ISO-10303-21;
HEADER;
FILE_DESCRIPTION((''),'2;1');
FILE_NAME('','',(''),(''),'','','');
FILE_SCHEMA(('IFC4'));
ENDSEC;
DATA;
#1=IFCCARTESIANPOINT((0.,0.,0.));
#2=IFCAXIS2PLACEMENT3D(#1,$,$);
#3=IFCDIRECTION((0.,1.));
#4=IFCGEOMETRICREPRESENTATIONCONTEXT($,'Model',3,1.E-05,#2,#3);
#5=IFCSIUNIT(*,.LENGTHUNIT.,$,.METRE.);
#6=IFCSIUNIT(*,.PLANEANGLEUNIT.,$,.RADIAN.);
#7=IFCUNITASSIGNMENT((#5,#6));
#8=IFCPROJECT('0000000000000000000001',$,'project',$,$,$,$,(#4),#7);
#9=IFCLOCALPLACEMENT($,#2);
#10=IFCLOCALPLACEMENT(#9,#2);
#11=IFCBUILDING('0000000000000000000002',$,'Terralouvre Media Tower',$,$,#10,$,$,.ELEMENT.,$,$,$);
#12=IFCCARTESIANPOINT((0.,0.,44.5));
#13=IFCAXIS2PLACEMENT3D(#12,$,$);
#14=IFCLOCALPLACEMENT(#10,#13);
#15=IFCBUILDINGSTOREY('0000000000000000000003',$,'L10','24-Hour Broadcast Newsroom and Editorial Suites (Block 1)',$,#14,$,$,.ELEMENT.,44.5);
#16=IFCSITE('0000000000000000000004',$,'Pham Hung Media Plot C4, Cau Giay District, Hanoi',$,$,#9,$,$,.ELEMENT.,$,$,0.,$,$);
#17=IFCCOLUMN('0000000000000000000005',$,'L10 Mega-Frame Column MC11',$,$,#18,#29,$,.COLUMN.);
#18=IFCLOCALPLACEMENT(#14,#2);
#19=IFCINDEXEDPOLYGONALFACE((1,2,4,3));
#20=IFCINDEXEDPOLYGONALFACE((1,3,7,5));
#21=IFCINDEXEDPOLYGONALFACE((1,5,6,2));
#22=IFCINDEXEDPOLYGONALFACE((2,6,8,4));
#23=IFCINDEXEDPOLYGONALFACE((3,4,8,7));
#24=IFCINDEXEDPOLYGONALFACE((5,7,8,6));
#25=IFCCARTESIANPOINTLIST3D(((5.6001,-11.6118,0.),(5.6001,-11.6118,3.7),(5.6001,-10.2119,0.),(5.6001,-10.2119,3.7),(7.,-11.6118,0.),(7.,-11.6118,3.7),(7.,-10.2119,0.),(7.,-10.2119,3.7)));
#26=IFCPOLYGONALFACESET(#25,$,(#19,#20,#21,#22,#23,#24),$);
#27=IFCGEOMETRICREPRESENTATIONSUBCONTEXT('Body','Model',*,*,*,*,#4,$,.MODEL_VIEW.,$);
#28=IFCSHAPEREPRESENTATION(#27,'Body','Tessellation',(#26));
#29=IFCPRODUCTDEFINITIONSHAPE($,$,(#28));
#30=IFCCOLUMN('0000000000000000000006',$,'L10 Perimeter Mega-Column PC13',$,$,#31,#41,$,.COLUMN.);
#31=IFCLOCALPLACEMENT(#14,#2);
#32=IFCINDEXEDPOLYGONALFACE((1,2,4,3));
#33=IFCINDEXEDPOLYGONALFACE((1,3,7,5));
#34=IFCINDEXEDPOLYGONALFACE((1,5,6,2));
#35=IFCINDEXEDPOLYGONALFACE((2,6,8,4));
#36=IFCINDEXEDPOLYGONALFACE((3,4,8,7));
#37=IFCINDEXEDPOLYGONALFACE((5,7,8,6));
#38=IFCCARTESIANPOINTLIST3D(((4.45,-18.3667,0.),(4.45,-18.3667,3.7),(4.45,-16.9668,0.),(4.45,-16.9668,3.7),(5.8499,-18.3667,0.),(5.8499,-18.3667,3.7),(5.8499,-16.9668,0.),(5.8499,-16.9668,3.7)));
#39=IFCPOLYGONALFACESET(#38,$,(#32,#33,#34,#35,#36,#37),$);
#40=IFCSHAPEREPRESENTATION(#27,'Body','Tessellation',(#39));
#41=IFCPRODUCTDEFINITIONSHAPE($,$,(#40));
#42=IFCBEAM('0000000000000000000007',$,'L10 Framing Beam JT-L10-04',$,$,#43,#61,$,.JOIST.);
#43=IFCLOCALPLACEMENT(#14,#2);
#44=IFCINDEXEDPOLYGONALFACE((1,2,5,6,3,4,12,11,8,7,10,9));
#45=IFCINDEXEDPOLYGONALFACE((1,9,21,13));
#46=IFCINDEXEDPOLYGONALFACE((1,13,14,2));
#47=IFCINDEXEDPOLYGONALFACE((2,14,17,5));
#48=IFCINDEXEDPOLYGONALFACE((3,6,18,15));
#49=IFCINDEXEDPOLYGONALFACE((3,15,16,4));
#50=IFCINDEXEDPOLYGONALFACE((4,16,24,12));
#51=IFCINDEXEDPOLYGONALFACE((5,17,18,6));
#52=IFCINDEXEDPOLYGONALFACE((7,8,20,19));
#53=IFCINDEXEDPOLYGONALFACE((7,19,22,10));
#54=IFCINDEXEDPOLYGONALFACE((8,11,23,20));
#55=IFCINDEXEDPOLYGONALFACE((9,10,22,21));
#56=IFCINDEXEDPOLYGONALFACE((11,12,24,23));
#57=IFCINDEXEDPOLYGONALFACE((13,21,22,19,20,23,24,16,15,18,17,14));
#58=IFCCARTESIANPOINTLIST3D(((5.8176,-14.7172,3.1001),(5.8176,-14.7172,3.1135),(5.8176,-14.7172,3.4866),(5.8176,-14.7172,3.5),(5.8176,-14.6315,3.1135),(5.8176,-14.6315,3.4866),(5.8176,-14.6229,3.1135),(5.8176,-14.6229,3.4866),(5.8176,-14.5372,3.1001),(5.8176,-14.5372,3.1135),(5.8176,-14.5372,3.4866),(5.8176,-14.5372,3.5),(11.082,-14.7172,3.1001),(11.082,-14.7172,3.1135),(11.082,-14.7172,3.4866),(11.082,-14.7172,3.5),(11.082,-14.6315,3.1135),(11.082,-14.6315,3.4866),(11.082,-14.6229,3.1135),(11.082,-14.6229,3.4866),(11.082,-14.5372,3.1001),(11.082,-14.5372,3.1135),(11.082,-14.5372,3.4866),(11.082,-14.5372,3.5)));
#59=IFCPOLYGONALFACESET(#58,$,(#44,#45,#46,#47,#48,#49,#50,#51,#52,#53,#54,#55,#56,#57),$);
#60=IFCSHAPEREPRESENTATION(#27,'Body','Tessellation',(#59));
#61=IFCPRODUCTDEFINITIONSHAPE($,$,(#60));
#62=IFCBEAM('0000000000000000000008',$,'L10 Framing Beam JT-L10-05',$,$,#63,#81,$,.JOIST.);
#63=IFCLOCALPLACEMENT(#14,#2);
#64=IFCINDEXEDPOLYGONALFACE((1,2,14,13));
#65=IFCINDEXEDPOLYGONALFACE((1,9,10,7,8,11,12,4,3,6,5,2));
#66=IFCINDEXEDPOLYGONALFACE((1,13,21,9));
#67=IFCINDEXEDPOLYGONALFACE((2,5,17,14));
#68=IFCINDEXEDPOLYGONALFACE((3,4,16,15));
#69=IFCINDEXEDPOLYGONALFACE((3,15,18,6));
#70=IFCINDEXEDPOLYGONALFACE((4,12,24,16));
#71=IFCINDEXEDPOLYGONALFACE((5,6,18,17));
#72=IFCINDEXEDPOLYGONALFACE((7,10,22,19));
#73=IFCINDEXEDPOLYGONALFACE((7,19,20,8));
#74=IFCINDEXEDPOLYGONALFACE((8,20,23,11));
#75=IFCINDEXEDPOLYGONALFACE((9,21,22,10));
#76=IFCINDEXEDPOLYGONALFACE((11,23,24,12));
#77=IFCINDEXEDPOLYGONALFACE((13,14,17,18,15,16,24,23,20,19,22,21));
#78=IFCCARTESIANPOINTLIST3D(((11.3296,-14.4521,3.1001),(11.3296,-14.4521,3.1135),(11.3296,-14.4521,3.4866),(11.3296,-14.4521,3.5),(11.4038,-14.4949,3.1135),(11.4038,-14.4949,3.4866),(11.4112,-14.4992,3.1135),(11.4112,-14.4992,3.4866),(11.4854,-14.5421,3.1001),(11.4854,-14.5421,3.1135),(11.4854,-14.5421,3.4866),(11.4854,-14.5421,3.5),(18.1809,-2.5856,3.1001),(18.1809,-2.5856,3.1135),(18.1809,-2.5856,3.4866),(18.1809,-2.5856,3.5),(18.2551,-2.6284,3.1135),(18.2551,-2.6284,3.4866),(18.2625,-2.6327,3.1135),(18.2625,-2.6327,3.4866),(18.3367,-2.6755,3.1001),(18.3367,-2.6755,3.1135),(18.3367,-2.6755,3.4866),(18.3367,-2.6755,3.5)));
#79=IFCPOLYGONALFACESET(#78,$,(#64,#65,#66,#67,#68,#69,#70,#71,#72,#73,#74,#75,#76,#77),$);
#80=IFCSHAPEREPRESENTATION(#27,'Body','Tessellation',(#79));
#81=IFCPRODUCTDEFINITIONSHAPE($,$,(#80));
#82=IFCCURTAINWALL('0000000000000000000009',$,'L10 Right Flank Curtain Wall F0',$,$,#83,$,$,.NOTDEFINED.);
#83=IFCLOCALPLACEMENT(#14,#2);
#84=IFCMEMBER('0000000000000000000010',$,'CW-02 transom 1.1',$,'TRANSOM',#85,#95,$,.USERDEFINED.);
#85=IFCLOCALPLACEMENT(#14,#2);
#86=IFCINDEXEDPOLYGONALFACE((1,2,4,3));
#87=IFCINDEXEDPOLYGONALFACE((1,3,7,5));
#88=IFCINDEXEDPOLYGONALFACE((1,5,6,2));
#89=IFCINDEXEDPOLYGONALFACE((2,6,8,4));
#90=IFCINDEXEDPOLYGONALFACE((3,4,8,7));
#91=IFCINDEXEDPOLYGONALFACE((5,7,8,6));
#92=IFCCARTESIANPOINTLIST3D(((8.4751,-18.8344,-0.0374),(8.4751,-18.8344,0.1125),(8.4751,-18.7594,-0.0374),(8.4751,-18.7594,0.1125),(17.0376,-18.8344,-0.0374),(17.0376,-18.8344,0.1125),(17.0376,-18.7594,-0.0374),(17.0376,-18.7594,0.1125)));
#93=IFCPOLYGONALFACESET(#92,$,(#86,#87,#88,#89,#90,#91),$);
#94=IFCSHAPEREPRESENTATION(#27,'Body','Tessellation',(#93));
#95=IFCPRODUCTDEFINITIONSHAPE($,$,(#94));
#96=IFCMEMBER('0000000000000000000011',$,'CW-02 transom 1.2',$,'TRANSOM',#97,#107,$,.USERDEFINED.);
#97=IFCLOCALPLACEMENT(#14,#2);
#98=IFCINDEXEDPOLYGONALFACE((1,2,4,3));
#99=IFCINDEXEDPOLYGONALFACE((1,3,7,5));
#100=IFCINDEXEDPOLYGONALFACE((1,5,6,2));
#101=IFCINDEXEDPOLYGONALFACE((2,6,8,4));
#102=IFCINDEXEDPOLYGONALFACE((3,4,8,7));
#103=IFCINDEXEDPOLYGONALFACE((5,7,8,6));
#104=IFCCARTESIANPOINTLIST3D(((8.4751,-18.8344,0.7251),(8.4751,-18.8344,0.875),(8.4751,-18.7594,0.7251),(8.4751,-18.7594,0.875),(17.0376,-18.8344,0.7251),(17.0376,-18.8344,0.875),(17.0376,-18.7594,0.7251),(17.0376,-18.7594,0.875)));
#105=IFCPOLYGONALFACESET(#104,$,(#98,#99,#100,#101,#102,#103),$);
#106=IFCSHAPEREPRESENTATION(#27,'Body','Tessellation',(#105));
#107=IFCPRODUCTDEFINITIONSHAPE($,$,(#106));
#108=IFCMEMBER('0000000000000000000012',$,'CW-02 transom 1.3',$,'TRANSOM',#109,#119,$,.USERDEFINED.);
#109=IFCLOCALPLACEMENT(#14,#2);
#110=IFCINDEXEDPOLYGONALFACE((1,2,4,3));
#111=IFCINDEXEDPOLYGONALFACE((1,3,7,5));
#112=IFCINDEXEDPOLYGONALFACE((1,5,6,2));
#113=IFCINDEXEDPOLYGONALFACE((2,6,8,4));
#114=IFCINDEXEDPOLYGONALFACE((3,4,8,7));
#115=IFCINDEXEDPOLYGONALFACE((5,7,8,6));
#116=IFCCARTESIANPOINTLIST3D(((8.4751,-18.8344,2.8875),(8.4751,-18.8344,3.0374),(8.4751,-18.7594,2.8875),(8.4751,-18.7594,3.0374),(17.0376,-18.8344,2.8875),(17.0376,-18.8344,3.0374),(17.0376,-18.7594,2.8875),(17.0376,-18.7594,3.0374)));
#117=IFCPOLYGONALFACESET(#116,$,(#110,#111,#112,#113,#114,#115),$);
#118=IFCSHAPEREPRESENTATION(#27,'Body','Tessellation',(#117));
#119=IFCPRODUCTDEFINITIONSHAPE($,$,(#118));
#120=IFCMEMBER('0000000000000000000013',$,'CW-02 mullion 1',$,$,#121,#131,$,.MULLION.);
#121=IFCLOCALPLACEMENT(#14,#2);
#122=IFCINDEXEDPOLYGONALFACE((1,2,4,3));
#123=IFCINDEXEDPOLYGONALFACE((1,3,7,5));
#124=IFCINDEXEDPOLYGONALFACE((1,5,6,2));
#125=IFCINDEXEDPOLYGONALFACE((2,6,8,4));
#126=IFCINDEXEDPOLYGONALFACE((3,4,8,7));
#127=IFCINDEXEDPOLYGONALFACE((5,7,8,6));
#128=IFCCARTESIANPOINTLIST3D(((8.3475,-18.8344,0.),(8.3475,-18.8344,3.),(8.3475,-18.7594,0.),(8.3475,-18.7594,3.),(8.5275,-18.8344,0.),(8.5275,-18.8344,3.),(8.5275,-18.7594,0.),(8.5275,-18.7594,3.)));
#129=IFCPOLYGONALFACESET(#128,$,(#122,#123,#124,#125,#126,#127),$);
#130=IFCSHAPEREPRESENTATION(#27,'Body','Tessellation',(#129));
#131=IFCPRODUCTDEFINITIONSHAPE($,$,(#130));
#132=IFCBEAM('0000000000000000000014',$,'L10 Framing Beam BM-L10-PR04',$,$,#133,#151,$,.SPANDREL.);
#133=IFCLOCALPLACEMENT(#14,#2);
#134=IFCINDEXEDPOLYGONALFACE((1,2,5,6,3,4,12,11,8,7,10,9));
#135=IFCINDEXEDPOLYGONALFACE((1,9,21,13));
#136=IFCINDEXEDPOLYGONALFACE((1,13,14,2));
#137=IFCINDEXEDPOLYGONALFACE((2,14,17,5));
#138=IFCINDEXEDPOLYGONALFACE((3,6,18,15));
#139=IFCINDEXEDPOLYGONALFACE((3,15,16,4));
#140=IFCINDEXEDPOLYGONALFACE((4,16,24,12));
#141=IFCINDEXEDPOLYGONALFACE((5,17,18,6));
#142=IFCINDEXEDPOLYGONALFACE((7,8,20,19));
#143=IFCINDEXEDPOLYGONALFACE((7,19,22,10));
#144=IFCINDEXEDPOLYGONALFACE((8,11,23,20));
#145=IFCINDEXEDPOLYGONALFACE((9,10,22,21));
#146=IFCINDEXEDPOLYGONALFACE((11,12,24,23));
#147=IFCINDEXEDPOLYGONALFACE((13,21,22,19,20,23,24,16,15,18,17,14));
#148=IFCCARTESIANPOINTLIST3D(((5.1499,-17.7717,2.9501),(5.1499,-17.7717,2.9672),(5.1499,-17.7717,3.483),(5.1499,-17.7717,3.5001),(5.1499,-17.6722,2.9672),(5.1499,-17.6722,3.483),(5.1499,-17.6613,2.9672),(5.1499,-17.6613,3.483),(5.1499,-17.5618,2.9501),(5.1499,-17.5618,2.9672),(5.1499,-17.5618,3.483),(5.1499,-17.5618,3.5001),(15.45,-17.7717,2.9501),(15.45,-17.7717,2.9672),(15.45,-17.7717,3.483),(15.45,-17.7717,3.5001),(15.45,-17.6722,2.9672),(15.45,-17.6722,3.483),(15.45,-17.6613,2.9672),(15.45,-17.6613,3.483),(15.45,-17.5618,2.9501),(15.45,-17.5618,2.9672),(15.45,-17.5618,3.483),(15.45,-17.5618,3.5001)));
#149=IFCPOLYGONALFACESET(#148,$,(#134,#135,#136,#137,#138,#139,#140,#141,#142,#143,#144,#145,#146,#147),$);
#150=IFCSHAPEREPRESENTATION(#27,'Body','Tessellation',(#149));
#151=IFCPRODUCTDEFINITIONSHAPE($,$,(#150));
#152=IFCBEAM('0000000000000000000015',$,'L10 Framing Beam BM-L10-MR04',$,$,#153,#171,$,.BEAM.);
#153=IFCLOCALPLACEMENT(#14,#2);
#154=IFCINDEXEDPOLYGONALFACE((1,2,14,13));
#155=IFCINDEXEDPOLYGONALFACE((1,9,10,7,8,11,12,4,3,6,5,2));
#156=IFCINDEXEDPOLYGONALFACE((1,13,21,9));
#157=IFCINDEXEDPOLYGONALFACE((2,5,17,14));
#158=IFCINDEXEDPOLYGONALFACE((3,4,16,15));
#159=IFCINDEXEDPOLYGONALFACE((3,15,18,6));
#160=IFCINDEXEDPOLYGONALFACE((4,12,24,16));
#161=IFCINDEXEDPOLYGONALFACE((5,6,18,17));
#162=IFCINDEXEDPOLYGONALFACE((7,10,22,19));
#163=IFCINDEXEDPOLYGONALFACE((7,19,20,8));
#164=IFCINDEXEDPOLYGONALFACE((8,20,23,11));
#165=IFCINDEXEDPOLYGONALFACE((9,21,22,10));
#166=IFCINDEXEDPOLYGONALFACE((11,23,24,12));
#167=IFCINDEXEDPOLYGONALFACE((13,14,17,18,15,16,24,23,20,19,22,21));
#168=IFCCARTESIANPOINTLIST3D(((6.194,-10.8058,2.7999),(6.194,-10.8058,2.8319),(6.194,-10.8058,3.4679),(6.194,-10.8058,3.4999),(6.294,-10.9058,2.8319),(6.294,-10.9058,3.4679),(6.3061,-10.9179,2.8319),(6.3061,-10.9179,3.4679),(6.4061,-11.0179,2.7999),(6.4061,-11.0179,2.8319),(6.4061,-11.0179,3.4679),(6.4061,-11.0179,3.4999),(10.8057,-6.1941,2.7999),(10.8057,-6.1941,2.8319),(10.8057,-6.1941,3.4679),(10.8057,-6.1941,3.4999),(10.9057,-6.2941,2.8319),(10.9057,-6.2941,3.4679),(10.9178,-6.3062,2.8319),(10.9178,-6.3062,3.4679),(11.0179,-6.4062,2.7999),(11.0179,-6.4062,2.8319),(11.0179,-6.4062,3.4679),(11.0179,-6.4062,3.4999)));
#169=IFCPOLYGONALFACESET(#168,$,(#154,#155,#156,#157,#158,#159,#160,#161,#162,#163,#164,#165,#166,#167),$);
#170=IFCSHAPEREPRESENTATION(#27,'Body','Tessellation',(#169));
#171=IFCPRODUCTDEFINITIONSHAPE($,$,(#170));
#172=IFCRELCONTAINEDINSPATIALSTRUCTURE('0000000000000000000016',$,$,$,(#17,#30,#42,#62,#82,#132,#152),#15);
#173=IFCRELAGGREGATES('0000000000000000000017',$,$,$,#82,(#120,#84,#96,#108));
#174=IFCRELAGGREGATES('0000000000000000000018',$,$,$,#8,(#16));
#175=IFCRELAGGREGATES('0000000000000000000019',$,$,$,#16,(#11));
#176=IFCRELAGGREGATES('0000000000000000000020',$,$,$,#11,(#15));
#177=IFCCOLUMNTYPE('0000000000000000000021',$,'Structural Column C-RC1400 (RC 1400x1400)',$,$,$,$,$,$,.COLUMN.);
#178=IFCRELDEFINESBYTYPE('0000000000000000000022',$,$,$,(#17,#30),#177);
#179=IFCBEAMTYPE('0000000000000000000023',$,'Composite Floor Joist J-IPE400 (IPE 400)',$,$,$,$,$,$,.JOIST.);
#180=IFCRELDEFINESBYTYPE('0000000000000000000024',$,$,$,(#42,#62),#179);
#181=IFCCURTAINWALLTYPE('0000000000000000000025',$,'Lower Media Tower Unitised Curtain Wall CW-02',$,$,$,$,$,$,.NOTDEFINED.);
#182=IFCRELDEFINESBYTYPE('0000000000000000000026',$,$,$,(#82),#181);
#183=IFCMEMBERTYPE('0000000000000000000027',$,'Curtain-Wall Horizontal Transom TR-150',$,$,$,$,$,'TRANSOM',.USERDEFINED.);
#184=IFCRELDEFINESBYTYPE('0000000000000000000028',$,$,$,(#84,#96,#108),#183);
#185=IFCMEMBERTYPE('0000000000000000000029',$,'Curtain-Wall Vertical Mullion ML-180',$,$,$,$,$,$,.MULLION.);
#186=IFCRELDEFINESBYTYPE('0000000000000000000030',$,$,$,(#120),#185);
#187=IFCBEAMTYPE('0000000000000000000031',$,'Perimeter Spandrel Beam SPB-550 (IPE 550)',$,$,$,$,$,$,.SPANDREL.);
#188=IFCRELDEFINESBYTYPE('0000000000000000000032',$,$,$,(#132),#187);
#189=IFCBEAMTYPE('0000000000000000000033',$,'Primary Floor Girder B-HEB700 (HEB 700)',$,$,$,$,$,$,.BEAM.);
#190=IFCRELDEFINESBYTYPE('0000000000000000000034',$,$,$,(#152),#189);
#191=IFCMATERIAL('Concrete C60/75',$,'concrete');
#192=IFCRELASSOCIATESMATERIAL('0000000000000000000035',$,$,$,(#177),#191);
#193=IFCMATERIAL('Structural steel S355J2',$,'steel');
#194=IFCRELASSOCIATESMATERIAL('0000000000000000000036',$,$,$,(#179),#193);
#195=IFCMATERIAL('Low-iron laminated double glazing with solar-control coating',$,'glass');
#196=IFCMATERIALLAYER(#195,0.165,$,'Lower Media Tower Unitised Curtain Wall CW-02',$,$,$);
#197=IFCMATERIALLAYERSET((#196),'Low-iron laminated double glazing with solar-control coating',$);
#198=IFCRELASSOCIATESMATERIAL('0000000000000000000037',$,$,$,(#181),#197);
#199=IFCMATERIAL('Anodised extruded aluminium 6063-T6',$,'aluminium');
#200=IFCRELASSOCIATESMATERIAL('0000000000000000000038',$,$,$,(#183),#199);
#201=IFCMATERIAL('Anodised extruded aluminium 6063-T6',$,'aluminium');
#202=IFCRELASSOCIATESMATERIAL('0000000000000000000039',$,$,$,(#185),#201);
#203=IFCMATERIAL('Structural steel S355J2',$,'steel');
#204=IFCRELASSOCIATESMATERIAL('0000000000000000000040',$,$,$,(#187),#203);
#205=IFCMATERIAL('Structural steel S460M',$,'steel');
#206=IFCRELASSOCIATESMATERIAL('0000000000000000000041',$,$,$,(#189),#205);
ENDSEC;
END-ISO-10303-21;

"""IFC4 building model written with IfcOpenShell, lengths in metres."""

from ifc_helpers import new_model, si_unit, direction, frame, origin, origin_2d, place, context, subcontext, project, spatial, rectangle, i_section, extrude, material, layer, layer_set, material_profile, profile_set, type_object, element, aggregate, save


model = new_model("IFC4")

# Units and contexts
model_context = context("Model", 3, precision=1e-05, world=origin(), true_north=direction((0.0, 1.0)))
body_context = subcontext(model_context, "Body", "Model", "MODEL_VIEW")
ifc_project = project(units=[si_unit("LENGTHUNIT", "METRE"), si_unit("PLANEANGLEUNIT", "RADIAN")], contexts=[model_context])

# Site, building, storey
site_placement = place(None, origin())
site = spatial("IfcSite", under=ifc_project, at=site_placement, Name="Pham Hung Media Plot C4, Cau Giay District, Hanoi", CompositionType="ELEMENT", RefElevation=0.0)
building_placement = place(site_placement, origin())
building = spatial("IfcBuilding", under=site, at=building_placement, Name="Terralouvre Media Tower", CompositionType="ELEMENT")
storey_placement = place(building_placement, frame((0.0, 0.0, 44.5)))
storey = spatial("IfcBuildingStorey", under=building, at=storey_placement, Name="L10", Description="24-Hour Broadcast Newsroom and Editorial Suites (Block 1)", CompositionType="ELEMENT", Elevation=44.5)

# Columns
ifc_material_1 = material(Name="Concrete C60/75", Category="concrete")
ifc_material_profile_1 = material_profile(ifc_material_1, rectangle(XDim=1.3999, YDim=1.3999, at=origin_2d()), Name="RC 1400x1400")
ifc_profile_set_1 = profile_set([ifc_material_profile_1], Name="Concrete C60/75")
column_type = type_object("IfcColumnType", Name="Structural Column C-RC1400 (RC 1400x1400)", PredefinedType="COLUMN", material=ifc_profile_set_1)
for number, where, z_axis, x_axis, name in (
    (1, (6.3, -10.9119, 0.0), (0.0, 0.0, 1.0), (1.0, 0.0, 0.0), "L10 Mega-Frame Column MC11"),
    (2, (5.1499, -17.6667, 0.0), (0.0, 0.0, 1.0), (1.0, 0.0, 0.0), "L10 Perimeter Mega-Column PC13"),
):
    element("IfcColumn", number, at=place(storey_placement, frame(where, z_axis=z_axis, x_axis=x_axis)), inside=storey, type_object=column_type, Name=name, PredefinedType="COLUMN", context=body_context, shape_type="SweptSolid", body=[
        extrude(rectangle(XDim=1.3999, YDim=1.3999, at=origin_2d()), origin(), (0.0, 0.0, 1.0), 3.7),
    ])

# Beams
ifc_material_2 = material(Name="Structural steel S355J2", Category="steel")
ifc_material_profile_2 = material_profile(ifc_material_2, i_section(OverallWidth=0.1799, OverallDepth=0.3999, WebThickness=0.0085, FlangeThickness=0.0134, at=origin_2d()), Name="IPE 400")
ifc_profile_set_2 = profile_set([ifc_material_profile_2], Name="Structural steel S355J2")
beam_type_1 = type_object("IfcBeamType", Name="Composite Floor Joist J-IPE400 (IPE 400)", PredefinedType="JOIST", material=ifc_profile_set_2)
beam_1_placement = place(storey_placement, frame((5.8176, -14.6272, 3.3), z_axis=(1.0, 0.0, 0.0), x_axis=(0.0, 1.0, 0.0)))
element("IfcBeam", 3, at=beam_1_placement, inside=storey, type_object=beam_type_1, Name="L10 Framing Beam JT-L10-04", PredefinedType="JOIST", context=body_context, shape_type="SweptSolid", body=[
    extrude(i_section(OverallWidth=0.1799, OverallDepth=0.3999, WebThickness=0.0085, FlangeThickness=0.0134, at=origin_2d()), origin(), (0.0, 0.0, 1.0), 5.2644),
])
beam_2_placement = place(storey_placement, frame((11.4075, -14.4971, 3.3), z_axis=(0.500012, 0.866019, 0.0), x_axis=(-0.866019, 0.500012, 0.0)))
element("IfcBeam", 4, at=beam_2_placement, inside=storey, type_object=beam_type_1, Name="L10 Framing Beam JT-L10-05", PredefinedType="JOIST", context=body_context, shape_type="SweptSolid", body=[
    extrude(i_section(OverallWidth=0.1799, OverallDepth=0.3999, WebThickness=0.0085, FlangeThickness=0.0134, at=origin_2d()), origin(), (0.0, 0.0, 1.0), 13.7024),
])

# Curtain wall, members
ifc_material_3 = material(Name="Low-iron laminated double glazing with solar-control coating", Category="glass")
ifc_layer_1 = layer(ifc_material_3, 0.165, Name="Lower Media Tower Unitised Curtain Wall CW-02")
ifc_layer_set_1 = layer_set([ifc_layer_1], Name="Low-iron laminated double glazing with solar-control coating")
curtain_wall_type = type_object("IfcCurtainWallType", Name="Lower Media Tower Unitised Curtain Wall CW-02", PredefinedType="NOTDEFINED", material=ifc_layer_set_1)
curtain_wall_placement = place(storey_placement, origin())
curtain_wall = element("IfcCurtainWall", 5, at=curtain_wall_placement, inside=storey, type_object=curtain_wall_type, Name="L10 Right Flank Curtain Wall F0", PredefinedType="NOTDEFINED")
ifc_material_4 = material(Name="Anodised extruded aluminium 6063-T6", Category="aluminium")
ifc_material_profile_3 = material_profile(ifc_material_4, rectangle(XDim=0.075, YDim=0.1499, at=origin_2d()), Name="ALU 75x150")
ifc_profile_set_3 = profile_set([ifc_material_profile_3], Name="Anodised extruded aluminium 6063-T6")
member_type_1 = type_object("IfcMemberType", Name="Curtain-Wall Horizontal Transom TR-150", ElementType="TRANSOM", PredefinedType="USERDEFINED", material=ifc_profile_set_3)
member_1_placement = place(storey_placement, frame((8.4751, -18.7969, 0.0376), z_axis=(1.0, 0.0, 0.0), x_axis=(0.0, 1.0, 0.0)))
member_1 = element("IfcMember", 6, at=member_1_placement, type_object=member_type_1, Name="CW-02 transom 1.1", ObjectType="TRANSOM", PredefinedType="USERDEFINED", context=body_context, shape_type="SweptSolid", body=[
    extrude(rectangle(XDim=0.075, YDim=0.1499, at=origin_2d()), origin(), (0.0, 0.0, 1.0), 8.5625),
])
member_2_placement = place(storey_placement, frame((8.4751, -18.7969, 0.8), z_axis=(1.0, 0.0, 0.0), x_axis=(0.0, 1.0, 0.0)))
member_2 = element("IfcMember", 7, at=member_2_placement, type_object=member_type_1, Name="CW-02 transom 1.2", ObjectType="TRANSOM", PredefinedType="USERDEFINED", context=body_context, shape_type="SweptSolid", body=[
    extrude(rectangle(XDim=0.075, YDim=0.1499, at=origin_2d()), origin(), (0.0, 0.0, 1.0), 8.5625),
])
member_3_placement = place(storey_placement, frame((8.4751, -18.7969, 2.9624), z_axis=(1.0, 0.0, 0.0), x_axis=(0.0, 1.0, 0.0)))
member_3 = element("IfcMember", 8, at=member_3_placement, type_object=member_type_1, Name="CW-02 transom 1.3", ObjectType="TRANSOM", PredefinedType="USERDEFINED", context=body_context, shape_type="SweptSolid", body=[
    extrude(rectangle(XDim=0.075, YDim=0.1499, at=origin_2d()), origin(), (0.0, 0.0, 1.0), 8.5625),
])
ifc_material_5 = material(Name="Anodised extruded aluminium 6063-T6", Category="aluminium")
ifc_material_profile_4 = material_profile(ifc_material_5, rectangle(XDim=0.075, YDim=0.1799, at=origin_2d()), Name="ALU 75x180")
ifc_profile_set_4 = profile_set([ifc_material_profile_4], Name="Anodised extruded aluminium 6063-T6")
member_type_2 = type_object("IfcMemberType", Name="Curtain-Wall Vertical Mullion ML-180", PredefinedType="MULLION", material=ifc_profile_set_4)
member_4_placement = place(storey_placement, frame((8.4375, -18.7969, 0.0), z_axis=(0.0, 0.0, 1.0), x_axis=(0.0, 1.0, 0.0)))
member_4 = element("IfcMember", 9, at=member_4_placement, type_object=member_type_2, Name="CW-02 mullion 1", PredefinedType="MULLION", context=body_context, shape_type="SweptSolid", body=[
    extrude(rectangle(XDim=0.075, YDim=0.1799, at=origin_2d()), origin(), (0.0, 0.0, 1.0), 3.0),
])
aggregate(curtain_wall, [member_4, member_1, member_2, member_3])

# Beams
ifc_material_6 = material(Name="Structural steel S355J2", Category="steel")
ifc_material_profile_5 = material_profile(ifc_material_6, i_section(OverallWidth=0.21, OverallDepth=0.55, WebThickness=0.011, FlangeThickness=0.0171, at=origin_2d()), Name="IPE 550")
ifc_profile_set_5 = profile_set([ifc_material_profile_5], Name="Structural steel S355J2")
beam_type_2 = type_object("IfcBeamType", Name="Perimeter Spandrel Beam SPB-550 (IPE 550)", PredefinedType="SPANDREL", material=ifc_profile_set_5)
beam_3_placement = place(storey_placement, frame((5.1499, -17.6667, 3.2251), z_axis=(1.0, 0.0, 0.0), x_axis=(0.0, 1.0, 0.0)))
element("IfcBeam", 10, at=beam_3_placement, inside=storey, type_object=beam_type_2, Name="L10 Framing Beam BM-L10-PR04", PredefinedType="SPANDREL", context=body_context, shape_type="SweptSolid", body=[
    extrude(i_section(OverallWidth=0.21, OverallDepth=0.55, WebThickness=0.011, FlangeThickness=0.0171, at=origin_2d()), origin(), (0.0, 0.0, 1.0), 10.3),
])
ifc_material_7 = material(Name="Structural steel S460M", Category="steel")
ifc_material_profile_6 = material_profile(ifc_material_7, i_section(OverallWidth=0.3, OverallDepth=0.7, WebThickness=0.0171, FlangeThickness=0.032, at=origin_2d()), Name="HEB 700")
ifc_profile_set_6 = profile_set([ifc_material_profile_6], Name="Structural steel S460M")
beam_type_3 = type_object("IfcBeamType", Name="Primary Floor Girder B-HEB700 (HEB 700)", PredefinedType="BEAM", material=ifc_profile_set_6)
beam_4_placement = place(storey_placement, frame((6.3, -10.9119, 3.1499), z_axis=(0.707107, 0.707107, 0.0), x_axis=(-0.707107, 0.707107, 0.0)))
element("IfcBeam", 11, at=beam_4_placement, inside=storey, type_object=beam_type_3, Name="L10 Framing Beam BM-L10-MR04", PredefinedType="BEAM", context=body_context, shape_type="SweptSolid", body=[
    extrude(i_section(OverallWidth=0.3, OverallDepth=0.7, WebThickness=0.0171, FlangeThickness=0.032, at=origin_2d()), origin(), (0.0, 0.0, 1.0), 6.522),
])

save(model, "model.ifc")
